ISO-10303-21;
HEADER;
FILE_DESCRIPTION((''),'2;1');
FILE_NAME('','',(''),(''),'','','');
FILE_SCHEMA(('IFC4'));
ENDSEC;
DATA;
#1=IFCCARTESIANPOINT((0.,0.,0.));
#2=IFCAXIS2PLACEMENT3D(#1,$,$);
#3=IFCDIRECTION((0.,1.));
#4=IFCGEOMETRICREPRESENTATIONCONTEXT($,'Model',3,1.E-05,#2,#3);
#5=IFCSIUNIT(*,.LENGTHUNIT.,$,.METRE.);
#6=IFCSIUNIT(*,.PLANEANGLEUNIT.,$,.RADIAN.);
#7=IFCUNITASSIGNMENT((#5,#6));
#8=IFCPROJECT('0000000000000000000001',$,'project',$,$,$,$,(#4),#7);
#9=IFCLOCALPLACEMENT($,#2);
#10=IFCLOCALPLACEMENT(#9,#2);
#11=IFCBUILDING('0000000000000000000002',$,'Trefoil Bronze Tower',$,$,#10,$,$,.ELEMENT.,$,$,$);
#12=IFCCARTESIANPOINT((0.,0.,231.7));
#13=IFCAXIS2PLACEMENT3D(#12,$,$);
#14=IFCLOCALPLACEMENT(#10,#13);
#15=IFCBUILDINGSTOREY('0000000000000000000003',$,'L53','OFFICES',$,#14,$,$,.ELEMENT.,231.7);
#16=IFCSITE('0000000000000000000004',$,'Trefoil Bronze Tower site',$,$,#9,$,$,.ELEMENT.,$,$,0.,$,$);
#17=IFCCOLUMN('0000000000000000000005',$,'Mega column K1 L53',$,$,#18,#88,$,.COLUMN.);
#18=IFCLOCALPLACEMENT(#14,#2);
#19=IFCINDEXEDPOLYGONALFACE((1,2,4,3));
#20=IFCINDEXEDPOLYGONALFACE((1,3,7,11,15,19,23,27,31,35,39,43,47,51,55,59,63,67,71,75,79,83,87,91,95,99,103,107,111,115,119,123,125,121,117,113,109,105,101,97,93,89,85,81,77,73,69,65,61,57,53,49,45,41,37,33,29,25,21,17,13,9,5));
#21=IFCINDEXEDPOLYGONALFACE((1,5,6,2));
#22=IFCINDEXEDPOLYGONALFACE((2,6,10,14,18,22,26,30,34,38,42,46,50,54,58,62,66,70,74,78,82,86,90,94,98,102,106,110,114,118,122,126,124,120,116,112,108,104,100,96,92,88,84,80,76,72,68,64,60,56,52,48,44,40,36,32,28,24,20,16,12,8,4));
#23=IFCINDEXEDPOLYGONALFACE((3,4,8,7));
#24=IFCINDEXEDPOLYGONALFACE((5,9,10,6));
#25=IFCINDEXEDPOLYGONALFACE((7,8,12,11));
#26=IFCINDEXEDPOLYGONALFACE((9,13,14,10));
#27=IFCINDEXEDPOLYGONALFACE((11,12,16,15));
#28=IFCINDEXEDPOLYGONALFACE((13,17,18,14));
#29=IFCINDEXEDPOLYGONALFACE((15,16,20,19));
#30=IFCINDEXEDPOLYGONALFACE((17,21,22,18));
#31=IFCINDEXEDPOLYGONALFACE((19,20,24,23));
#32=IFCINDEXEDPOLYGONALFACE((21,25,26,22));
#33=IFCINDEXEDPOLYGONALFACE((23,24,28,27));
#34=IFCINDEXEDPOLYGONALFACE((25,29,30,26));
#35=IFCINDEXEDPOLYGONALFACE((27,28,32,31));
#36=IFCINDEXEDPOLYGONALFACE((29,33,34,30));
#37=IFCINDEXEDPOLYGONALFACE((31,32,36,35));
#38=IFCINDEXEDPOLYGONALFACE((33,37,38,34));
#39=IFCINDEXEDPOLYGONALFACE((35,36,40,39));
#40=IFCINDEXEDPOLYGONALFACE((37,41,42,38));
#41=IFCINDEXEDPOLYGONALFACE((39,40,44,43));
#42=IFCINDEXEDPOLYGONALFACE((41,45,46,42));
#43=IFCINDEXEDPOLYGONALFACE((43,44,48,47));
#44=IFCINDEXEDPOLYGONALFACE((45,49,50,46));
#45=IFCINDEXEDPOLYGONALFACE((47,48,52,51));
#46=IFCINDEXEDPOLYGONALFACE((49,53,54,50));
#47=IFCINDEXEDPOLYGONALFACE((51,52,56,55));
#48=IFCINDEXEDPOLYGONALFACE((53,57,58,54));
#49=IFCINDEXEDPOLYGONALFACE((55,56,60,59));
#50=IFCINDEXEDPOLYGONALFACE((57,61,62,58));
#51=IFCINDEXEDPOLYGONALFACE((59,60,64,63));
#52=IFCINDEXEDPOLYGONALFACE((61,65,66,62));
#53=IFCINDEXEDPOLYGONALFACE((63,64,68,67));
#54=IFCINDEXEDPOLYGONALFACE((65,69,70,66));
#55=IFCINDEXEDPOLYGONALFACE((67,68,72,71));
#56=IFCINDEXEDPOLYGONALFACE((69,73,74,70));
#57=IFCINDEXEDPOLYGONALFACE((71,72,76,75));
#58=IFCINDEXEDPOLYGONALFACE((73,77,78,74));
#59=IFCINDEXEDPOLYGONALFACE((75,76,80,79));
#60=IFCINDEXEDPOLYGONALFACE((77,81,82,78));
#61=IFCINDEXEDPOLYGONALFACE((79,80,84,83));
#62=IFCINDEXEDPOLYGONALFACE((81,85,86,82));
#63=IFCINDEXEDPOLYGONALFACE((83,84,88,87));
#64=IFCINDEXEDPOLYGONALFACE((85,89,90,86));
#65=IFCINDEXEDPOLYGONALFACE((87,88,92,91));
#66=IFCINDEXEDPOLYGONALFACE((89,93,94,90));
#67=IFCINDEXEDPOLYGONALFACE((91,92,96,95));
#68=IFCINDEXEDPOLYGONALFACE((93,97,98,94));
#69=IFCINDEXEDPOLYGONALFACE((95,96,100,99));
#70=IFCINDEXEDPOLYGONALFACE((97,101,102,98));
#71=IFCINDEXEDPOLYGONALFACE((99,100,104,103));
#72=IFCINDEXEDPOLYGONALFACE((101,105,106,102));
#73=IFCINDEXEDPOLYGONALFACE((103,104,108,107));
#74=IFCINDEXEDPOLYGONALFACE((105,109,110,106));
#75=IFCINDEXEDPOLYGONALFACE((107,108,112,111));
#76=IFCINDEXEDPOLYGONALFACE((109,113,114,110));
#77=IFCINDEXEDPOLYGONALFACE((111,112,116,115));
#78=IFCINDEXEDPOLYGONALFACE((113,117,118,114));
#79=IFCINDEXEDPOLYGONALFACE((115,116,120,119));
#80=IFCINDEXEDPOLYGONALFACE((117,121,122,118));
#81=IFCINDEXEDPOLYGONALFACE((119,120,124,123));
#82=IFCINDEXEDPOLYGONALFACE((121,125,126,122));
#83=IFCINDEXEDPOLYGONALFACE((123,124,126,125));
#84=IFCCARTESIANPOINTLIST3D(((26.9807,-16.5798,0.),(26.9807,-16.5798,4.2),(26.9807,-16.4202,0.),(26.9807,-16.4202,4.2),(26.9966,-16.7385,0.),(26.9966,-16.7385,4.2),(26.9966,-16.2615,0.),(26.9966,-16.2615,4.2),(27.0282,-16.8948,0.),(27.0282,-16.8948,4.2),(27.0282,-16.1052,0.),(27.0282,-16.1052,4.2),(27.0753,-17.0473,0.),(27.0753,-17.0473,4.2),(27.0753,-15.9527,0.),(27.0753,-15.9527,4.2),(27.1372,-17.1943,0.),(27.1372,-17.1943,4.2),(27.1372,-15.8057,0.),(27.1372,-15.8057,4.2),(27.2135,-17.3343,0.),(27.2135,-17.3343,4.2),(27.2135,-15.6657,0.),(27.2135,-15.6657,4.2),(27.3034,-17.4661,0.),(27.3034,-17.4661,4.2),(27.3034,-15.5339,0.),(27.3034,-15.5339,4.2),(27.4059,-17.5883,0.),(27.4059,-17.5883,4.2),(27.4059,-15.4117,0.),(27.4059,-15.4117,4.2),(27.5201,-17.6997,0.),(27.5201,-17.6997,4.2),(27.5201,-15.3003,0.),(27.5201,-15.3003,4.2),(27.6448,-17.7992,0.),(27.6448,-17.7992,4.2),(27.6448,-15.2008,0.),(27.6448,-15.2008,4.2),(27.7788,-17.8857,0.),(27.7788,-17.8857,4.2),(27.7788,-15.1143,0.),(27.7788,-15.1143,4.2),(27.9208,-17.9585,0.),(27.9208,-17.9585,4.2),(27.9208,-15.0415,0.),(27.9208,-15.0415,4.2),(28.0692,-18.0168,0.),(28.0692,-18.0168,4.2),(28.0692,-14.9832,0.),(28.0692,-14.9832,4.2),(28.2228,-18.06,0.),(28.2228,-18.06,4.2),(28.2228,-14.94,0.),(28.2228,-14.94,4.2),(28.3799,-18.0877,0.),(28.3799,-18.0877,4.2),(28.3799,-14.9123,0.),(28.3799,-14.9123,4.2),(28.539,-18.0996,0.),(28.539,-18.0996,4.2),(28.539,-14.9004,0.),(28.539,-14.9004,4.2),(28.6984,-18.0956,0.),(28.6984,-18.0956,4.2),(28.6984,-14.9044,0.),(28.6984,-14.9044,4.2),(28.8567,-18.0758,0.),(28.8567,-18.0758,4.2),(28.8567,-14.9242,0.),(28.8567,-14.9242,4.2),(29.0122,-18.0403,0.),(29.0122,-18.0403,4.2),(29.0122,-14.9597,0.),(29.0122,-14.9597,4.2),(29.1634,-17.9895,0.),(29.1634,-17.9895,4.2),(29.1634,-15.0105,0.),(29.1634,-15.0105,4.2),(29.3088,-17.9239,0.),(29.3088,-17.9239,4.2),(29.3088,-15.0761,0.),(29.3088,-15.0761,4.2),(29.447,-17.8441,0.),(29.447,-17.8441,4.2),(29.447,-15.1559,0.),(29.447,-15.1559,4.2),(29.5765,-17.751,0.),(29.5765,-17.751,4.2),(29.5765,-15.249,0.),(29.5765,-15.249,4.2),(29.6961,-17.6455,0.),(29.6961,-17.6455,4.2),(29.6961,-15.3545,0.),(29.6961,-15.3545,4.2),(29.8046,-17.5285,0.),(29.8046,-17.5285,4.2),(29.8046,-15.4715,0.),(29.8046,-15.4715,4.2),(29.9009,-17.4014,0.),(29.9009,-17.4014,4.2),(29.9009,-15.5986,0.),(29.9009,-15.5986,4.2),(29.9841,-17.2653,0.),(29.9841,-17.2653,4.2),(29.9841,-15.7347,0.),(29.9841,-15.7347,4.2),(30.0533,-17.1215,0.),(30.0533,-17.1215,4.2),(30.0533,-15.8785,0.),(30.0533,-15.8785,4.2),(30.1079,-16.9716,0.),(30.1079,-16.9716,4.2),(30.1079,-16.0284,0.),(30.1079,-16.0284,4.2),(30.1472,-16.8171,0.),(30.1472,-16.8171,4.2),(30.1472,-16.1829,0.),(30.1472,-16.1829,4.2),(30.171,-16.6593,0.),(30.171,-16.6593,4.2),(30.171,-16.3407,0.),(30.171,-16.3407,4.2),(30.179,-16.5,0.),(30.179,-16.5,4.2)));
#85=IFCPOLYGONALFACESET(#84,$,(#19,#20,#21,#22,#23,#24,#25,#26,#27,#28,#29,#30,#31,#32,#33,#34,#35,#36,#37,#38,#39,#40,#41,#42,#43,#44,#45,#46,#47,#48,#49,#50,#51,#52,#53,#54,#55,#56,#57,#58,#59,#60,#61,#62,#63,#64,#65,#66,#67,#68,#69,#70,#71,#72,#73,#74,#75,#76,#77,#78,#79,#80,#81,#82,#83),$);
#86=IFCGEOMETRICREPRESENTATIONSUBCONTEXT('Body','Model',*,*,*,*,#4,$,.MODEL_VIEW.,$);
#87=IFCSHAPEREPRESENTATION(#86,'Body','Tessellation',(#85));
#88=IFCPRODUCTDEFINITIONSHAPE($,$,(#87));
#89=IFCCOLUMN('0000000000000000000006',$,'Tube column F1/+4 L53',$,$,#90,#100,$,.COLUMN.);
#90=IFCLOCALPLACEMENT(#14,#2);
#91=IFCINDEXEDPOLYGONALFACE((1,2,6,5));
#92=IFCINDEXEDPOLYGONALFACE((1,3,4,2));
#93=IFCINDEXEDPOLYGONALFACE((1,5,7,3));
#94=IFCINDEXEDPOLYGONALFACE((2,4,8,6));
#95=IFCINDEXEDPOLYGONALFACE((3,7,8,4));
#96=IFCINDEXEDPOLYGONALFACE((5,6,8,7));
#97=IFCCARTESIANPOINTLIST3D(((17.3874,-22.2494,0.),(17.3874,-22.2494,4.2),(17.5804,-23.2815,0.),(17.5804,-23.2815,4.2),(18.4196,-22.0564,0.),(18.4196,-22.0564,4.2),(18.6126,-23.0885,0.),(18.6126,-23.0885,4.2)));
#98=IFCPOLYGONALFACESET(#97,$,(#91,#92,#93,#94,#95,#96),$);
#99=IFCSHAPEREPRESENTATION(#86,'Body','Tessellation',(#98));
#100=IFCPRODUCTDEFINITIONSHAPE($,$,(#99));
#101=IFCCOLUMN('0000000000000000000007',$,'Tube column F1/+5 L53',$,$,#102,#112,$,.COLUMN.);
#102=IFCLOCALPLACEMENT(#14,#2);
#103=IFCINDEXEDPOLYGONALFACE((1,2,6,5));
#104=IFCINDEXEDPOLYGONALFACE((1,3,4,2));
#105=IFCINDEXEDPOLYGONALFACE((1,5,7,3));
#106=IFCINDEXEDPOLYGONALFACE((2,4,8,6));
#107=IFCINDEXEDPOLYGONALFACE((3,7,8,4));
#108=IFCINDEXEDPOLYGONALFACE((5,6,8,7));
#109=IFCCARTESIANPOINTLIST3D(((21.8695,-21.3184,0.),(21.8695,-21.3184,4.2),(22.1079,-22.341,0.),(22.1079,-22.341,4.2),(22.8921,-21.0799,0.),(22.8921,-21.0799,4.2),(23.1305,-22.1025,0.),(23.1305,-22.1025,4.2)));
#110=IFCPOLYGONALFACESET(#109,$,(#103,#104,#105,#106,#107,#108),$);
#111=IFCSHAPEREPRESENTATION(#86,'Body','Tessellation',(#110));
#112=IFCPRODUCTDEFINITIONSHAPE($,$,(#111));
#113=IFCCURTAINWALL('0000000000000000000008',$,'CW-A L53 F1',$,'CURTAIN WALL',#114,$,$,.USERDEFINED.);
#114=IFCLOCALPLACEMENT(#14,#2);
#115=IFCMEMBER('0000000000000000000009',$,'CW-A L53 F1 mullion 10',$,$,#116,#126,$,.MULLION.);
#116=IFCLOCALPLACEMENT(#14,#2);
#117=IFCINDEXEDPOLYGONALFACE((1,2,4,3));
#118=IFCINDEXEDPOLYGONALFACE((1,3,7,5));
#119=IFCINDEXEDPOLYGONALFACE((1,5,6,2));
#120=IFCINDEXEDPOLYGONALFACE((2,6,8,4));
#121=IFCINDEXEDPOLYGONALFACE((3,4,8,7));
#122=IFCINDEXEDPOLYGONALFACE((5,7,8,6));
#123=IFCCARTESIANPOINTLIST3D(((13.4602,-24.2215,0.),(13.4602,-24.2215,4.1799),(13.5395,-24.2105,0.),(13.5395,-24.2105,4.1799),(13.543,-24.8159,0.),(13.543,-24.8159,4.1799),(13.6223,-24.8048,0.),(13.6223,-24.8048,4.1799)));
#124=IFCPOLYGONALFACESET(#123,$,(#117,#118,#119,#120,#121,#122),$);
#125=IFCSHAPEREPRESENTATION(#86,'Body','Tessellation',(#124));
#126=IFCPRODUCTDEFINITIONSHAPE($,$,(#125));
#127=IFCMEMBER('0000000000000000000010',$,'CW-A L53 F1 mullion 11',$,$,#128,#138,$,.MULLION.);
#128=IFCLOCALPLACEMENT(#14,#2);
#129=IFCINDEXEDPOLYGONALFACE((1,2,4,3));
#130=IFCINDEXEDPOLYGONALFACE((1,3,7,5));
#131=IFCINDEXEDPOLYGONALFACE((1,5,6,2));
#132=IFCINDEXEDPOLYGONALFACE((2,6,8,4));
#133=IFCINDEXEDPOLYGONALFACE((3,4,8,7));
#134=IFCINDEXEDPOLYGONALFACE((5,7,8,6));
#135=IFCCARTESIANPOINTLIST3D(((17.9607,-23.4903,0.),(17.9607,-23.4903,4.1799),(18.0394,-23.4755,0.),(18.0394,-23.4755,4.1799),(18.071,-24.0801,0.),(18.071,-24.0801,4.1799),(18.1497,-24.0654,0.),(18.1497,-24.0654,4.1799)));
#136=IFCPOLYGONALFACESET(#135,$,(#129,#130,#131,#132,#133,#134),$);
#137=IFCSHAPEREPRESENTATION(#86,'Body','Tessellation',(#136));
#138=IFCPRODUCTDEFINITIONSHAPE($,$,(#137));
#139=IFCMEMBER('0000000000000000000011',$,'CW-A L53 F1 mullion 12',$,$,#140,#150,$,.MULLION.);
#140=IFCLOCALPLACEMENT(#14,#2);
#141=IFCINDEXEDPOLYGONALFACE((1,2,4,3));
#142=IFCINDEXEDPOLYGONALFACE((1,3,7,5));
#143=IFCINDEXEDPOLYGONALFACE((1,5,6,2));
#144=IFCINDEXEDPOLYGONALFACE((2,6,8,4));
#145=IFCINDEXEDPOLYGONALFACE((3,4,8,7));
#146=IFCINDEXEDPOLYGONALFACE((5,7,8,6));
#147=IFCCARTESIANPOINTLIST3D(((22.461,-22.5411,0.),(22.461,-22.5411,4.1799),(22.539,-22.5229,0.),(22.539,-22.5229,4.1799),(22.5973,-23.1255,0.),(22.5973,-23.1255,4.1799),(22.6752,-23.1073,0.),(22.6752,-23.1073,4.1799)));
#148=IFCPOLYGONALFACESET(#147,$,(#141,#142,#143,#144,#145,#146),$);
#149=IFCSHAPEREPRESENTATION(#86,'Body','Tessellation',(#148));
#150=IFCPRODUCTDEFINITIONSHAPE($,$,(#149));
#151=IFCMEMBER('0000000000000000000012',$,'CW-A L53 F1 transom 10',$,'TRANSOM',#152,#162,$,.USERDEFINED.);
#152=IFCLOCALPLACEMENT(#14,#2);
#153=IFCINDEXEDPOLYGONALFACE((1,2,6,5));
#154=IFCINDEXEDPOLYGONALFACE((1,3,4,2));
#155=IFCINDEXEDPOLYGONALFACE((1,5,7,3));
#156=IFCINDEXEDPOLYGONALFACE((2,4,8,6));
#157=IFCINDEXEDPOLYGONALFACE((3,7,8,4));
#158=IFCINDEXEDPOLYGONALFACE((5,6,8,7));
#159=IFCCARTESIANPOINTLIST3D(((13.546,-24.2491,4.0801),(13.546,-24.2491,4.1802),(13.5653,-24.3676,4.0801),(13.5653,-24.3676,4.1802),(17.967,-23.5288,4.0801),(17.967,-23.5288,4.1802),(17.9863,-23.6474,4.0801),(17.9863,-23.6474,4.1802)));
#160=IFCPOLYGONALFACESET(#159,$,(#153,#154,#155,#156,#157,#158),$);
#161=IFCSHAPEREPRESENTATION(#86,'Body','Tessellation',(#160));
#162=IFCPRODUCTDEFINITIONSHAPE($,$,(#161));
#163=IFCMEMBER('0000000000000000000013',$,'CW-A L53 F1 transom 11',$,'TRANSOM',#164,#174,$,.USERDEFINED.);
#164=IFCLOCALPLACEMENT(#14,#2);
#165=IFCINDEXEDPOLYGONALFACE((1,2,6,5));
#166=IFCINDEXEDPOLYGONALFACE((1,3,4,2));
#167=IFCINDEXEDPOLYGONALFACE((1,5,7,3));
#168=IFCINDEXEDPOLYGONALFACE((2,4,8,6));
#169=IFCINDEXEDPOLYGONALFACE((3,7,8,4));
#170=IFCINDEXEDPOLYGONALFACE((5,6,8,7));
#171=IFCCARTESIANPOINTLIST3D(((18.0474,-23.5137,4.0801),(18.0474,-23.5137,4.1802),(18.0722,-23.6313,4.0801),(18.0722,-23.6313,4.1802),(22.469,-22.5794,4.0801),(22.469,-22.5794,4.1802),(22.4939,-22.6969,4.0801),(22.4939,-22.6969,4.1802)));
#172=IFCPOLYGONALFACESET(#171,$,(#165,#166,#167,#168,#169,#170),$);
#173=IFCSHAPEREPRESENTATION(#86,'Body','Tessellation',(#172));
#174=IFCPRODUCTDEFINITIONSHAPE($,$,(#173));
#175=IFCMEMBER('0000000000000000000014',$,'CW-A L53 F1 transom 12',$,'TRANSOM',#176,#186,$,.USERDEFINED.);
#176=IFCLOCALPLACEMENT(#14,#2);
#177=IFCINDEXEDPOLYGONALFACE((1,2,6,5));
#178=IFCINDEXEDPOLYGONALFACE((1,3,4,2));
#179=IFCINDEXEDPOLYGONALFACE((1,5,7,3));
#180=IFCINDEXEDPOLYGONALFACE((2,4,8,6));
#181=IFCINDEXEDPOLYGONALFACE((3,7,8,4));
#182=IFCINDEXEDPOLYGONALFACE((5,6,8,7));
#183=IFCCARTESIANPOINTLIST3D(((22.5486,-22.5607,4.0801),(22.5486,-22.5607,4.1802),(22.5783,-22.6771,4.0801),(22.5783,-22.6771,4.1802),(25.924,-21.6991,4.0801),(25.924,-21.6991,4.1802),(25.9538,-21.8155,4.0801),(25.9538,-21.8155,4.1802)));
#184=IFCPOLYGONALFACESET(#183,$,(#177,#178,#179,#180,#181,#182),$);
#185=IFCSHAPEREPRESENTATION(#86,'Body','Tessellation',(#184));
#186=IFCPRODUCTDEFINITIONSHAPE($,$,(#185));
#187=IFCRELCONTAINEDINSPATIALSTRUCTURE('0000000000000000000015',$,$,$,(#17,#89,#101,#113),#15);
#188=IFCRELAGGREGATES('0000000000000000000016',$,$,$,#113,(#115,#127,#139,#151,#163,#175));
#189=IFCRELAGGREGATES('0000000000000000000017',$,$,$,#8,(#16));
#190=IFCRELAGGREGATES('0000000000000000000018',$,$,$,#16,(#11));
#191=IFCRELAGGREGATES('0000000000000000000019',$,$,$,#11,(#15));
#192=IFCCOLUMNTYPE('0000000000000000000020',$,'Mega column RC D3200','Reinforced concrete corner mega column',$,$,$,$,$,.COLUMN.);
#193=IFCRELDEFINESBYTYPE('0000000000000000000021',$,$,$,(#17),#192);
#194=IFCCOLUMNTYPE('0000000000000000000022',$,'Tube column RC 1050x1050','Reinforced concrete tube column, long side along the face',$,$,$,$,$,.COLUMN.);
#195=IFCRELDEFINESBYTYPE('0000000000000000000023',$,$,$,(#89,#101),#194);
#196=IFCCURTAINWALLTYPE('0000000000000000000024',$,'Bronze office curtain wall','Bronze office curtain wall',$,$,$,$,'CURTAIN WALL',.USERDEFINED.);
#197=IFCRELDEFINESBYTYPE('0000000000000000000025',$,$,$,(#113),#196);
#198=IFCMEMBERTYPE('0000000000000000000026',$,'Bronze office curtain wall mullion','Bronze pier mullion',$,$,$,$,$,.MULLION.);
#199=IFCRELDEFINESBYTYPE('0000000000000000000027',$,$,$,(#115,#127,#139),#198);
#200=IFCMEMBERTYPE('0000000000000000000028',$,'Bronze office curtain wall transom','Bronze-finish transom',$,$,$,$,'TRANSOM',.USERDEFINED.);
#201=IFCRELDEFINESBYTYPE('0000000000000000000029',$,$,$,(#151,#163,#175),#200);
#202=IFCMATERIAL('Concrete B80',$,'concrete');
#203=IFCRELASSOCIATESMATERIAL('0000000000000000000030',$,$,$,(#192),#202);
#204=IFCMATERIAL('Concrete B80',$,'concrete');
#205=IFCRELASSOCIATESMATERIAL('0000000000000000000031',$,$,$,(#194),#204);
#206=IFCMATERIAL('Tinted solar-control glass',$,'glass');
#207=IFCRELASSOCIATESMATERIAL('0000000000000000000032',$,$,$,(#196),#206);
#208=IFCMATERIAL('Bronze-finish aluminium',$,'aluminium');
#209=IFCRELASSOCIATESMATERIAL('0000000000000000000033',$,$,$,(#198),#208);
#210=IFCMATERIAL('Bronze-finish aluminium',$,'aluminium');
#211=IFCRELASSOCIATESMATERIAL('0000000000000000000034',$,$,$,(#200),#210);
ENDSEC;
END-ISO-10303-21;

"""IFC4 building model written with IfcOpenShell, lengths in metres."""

from ifc_helpers import new_model, si_unit, direction, frame, origin, origin_2d, place, context, subcontext, project, spatial, rectangle, circle, extrude, material, material_profile, profile_set, type_object, element, aggregate, save


model = new_model("IFC4")

# Units and contexts
model_context = context("Model", 3, precision=1e-05, world=origin(), true_north=direction((0.0, 1.0)))
body_context = subcontext(model_context, "Body", "Model", "MODEL_VIEW")
ifc_project = project(units=[si_unit("LENGTHUNIT", "METRE"), si_unit("PLANEANGLEUNIT", "RADIAN")], contexts=[model_context])

# Site, building, storey
site_placement = place(None, origin())
site = spatial("IfcSite", under=ifc_project, at=site_placement, Name="Trefoil Bronze Tower site", CompositionType="ELEMENT", RefElevation=0.0)
building_placement = place(site_placement, origin())
building = spatial("IfcBuilding", under=site, at=building_placement, Name="Trefoil Bronze Tower", CompositionType="ELEMENT")
storey_placement = place(building_placement, frame((0.0, 0.0, 231.7)))
storey = spatial("IfcBuildingStorey", under=building, at=storey_placement, Name="L53", Description="OFFICES", CompositionType="ELEMENT", Elevation=231.7)

# Columns
ifc_material_1 = material(Name="Concrete B80", Category="concrete")
ifc_material_profile_1 = material_profile(ifc_material_1, circle(Radius=1.6001, at=origin_2d()), Name="RC D3200")
ifc_profile_set_1 = profile_set([ifc_material_profile_1], Name="Concrete B80")
column_type_1 = type_object("IfcColumnType", Name="Mega column RC D3200", Description="Reinforced concrete corner mega column", PredefinedType="COLUMN", material=ifc_profile_set_1)
column_placement = place(storey_placement, frame((28.5789, -16.5, 0.0), z_axis=(0.0, 0.0, 1.0), x_axis=(1.0, 0.0, 0.0)))
element("IfcColumn", 1, at=column_placement, inside=storey, type_object=column_type_1, Name="Mega column K1 L53", PredefinedType="COLUMN", context=body_context, shape_type="SweptSolid", body=[
    extrude(circle(Radius=1.6001, at=origin_2d()), origin(), (0.0, 0.0, 1.0), 4.2),
])
ifc_material_2 = material(Name="Concrete B80", Category="concrete")
ifc_material_profile_2 = material_profile(ifc_material_2, rectangle(XDim=1.05, YDim=1.05, at=origin_2d()), Name="RC 1050x1050")
ifc_profile_set_2 = profile_set([ifc_material_profile_2], Name="Concrete B80")
column_type_2 = type_object("IfcColumnType", Name="Tube column RC 1050x1050", Description="Reinforced concrete tube column, long side along the face", PredefinedType="COLUMN", material=ifc_profile_set_2)
for number, where, z_axis, x_axis, name in (
    (2, (18.0, -22.6689, 0.0), (0.0, 0.0, 1.0), (0.982959, 0.183825, 0.0), "Tube column F1/+4 L53"),
    (3, (22.5, -21.7104, 0.0), (0.0, 0.0, 1.0), (0.973875, 0.227083, 0.0), "Tube column F1/+5 L53"),
):
    element("IfcColumn", number, at=place(storey_placement, frame(where, z_axis=z_axis, x_axis=x_axis)), inside=storey, type_object=column_type_2, Name=name, PredefinedType="COLUMN", context=body_context, shape_type="SweptSolid", body=[
        extrude(rectangle(XDim=1.05, YDim=1.05, at=origin_2d()), origin(), (0.0, 0.0, 1.0), 4.2),
    ])

# Curtain wall, members
ifc_material_3 = material(Name="Tinted solar-control glass", Category="glass")
curtain_wall_type_1 = type_object("IfcCurtainWallType", Name="Bronze office curtain wall", Description="Bronze office curtain wall", ElementType="CURTAIN WALL", PredefinedType="USERDEFINED", material=ifc_material_3)
curtain_wall_1_placement = place(storey_placement, origin())
curtain_wall_1 = element("IfcCurtainWall", 4, at=curtain_wall_1_placement, inside=storey, type_object=curtain_wall_type_1, Name="CW-A L53 F1", ObjectType="CURTAIN WALL", PredefinedType="USERDEFINED")
ifc_material_4 = material(Name="Bronze-finish aluminium", Category="aluminium")
ifc_material_profile_3 = material_profile(ifc_material_4, rectangle(XDim=0.6001, YDim=0.0801, at=origin_2d()), Name="CW-A mullion")
ifc_profile_set_3 = profile_set([ifc_material_profile_3], Name="Bronze-finish aluminium")
member_type_1 = type_object("IfcMemberType", Name="Bronze office curtain wall mullion", Description="Bronze pier mullion", PredefinedType="MULLION", material=ifc_profile_set_3)
member_1_placement = place(storey_placement, frame((13.5413, -24.5132, 0.0), z_axis=(0.0, 0.0, 1.0), x_axis=(-0.137868, 0.990451, 0.0)))
member_1 = element("IfcMember", 5, at=member_1_placement, type_object=member_type_1, Name="CW-A L53 F1 mullion 10", PredefinedType="MULLION", context=body_context, shape_type="SweptSolid", body=[
    extrude(rectangle(XDim=0.6001, YDim=0.0801, at=origin_2d()), origin(), (0.0, 0.0, 1.0), 4.1799),
])
member_2_placement = place(storey_placement, frame((18.0552, -23.7778, 0.0), z_axis=(0.0, 0.0, 1.0), x_axis=(-0.183825, 0.982959, 0.0)))
member_2 = element("IfcMember", 6, at=member_2_placement, type_object=member_type_1, Name="CW-A L53 F1 mullion 11", PredefinedType="MULLION", context=body_context, shape_type="SweptSolid", body=[
    extrude(rectangle(XDim=0.6001, YDim=0.0801, at=origin_2d()), origin(), (0.0, 0.0, 1.0), 4.1799),
])
member_3_placement = place(storey_placement, frame((22.5681, -22.8242, 0.0), z_axis=(0.0, 0.0, 1.0), x_axis=(-0.227083, 0.973875, 0.0)))
member_3 = element("IfcMember", 7, at=member_3_placement, type_object=member_type_1, Name="CW-A L53 F1 mullion 12", PredefinedType="MULLION", context=body_context, shape_type="SweptSolid", body=[
    extrude(rectangle(XDim=0.6001, YDim=0.0801, at=origin_2d()), origin(), (0.0, 0.0, 1.0), 4.1799),
])
ifc_material_5 = material(Name="Bronze-finish aluminium", Category="aluminium")
ifc_material_profile_4 = material_profile(ifc_material_5, rectangle(XDim=0.1201, YDim=0.1001, at=origin_2d()), Name="CW-A transom")
ifc_profile_set_4 = profile_set([ifc_material_profile_4], Name="Bronze-finish aluminium")
member_type_2 = type_object("IfcMemberType", Name="Bronze office curtain wall transom", Description="Bronze-finish transom", ElementType="TRANSOM", PredefinedType="USERDEFINED", material=ifc_profile_set_4)
member_4_placement = place(storey_placement, frame((13.5557, -24.3083, 4.1301), z_axis=(0.986988, 0.160792, 0.0), x_axis=(-0.160792, 0.986988, 0.0)))
member_4 = element("IfcMember", 8, at=member_4_placement, type_object=member_type_2, Name="CW-A L53 F1 transom 10", ObjectType="TRANSOM", PredefinedType="USERDEFINED", context=body_context, shape_type="SweptSolid", body=[
    extrude(rectangle(XDim=0.1201, YDim=0.1001, at=origin_2d()), origin(), (0.0, 0.0, 1.0), 4.4792),
])
member_5_placement = place(storey_placement, frame((18.0598, -23.5725, 4.1301), z_axis=(0.978395, 0.206743, 0.0), x_axis=(-0.206743, 0.978395, 0.0)))
member_5 = element("IfcMember", 9, at=member_5_placement, type_object=member_type_2, Name="CW-A L53 F1 transom 11", ObjectType="TRANSOM", PredefinedType="USERDEFINED", context=body_context, shape_type="SweptSolid", body=[
    extrude(rectangle(XDim=0.1201, YDim=0.1001, at=origin_2d()), origin(), (0.0, 0.0, 1.0), 4.5193),
])
member_6_placement = place(storey_placement, frame((22.5635, -22.6189, 4.1301), z_axis=(0.968935, 0.247315, 0.0), x_axis=(-0.247315, 0.968935, 0.0)))
member_6 = element("IfcMember", 10, at=member_6_placement, type_object=member_type_2, Name="CW-A L53 F1 transom 12", ObjectType="TRANSOM", PredefinedType="USERDEFINED", context=body_context, shape_type="SweptSolid", body=[
    extrude(rectangle(XDim=0.1201, YDim=0.1001, at=origin_2d()), origin(), (0.0, 0.0, 1.0), 3.4836),
])

aggregate(curtain_wall_1, [member_1, member_2, member_3, member_4, member_5, member_6])

save(model, "model.ifc")
